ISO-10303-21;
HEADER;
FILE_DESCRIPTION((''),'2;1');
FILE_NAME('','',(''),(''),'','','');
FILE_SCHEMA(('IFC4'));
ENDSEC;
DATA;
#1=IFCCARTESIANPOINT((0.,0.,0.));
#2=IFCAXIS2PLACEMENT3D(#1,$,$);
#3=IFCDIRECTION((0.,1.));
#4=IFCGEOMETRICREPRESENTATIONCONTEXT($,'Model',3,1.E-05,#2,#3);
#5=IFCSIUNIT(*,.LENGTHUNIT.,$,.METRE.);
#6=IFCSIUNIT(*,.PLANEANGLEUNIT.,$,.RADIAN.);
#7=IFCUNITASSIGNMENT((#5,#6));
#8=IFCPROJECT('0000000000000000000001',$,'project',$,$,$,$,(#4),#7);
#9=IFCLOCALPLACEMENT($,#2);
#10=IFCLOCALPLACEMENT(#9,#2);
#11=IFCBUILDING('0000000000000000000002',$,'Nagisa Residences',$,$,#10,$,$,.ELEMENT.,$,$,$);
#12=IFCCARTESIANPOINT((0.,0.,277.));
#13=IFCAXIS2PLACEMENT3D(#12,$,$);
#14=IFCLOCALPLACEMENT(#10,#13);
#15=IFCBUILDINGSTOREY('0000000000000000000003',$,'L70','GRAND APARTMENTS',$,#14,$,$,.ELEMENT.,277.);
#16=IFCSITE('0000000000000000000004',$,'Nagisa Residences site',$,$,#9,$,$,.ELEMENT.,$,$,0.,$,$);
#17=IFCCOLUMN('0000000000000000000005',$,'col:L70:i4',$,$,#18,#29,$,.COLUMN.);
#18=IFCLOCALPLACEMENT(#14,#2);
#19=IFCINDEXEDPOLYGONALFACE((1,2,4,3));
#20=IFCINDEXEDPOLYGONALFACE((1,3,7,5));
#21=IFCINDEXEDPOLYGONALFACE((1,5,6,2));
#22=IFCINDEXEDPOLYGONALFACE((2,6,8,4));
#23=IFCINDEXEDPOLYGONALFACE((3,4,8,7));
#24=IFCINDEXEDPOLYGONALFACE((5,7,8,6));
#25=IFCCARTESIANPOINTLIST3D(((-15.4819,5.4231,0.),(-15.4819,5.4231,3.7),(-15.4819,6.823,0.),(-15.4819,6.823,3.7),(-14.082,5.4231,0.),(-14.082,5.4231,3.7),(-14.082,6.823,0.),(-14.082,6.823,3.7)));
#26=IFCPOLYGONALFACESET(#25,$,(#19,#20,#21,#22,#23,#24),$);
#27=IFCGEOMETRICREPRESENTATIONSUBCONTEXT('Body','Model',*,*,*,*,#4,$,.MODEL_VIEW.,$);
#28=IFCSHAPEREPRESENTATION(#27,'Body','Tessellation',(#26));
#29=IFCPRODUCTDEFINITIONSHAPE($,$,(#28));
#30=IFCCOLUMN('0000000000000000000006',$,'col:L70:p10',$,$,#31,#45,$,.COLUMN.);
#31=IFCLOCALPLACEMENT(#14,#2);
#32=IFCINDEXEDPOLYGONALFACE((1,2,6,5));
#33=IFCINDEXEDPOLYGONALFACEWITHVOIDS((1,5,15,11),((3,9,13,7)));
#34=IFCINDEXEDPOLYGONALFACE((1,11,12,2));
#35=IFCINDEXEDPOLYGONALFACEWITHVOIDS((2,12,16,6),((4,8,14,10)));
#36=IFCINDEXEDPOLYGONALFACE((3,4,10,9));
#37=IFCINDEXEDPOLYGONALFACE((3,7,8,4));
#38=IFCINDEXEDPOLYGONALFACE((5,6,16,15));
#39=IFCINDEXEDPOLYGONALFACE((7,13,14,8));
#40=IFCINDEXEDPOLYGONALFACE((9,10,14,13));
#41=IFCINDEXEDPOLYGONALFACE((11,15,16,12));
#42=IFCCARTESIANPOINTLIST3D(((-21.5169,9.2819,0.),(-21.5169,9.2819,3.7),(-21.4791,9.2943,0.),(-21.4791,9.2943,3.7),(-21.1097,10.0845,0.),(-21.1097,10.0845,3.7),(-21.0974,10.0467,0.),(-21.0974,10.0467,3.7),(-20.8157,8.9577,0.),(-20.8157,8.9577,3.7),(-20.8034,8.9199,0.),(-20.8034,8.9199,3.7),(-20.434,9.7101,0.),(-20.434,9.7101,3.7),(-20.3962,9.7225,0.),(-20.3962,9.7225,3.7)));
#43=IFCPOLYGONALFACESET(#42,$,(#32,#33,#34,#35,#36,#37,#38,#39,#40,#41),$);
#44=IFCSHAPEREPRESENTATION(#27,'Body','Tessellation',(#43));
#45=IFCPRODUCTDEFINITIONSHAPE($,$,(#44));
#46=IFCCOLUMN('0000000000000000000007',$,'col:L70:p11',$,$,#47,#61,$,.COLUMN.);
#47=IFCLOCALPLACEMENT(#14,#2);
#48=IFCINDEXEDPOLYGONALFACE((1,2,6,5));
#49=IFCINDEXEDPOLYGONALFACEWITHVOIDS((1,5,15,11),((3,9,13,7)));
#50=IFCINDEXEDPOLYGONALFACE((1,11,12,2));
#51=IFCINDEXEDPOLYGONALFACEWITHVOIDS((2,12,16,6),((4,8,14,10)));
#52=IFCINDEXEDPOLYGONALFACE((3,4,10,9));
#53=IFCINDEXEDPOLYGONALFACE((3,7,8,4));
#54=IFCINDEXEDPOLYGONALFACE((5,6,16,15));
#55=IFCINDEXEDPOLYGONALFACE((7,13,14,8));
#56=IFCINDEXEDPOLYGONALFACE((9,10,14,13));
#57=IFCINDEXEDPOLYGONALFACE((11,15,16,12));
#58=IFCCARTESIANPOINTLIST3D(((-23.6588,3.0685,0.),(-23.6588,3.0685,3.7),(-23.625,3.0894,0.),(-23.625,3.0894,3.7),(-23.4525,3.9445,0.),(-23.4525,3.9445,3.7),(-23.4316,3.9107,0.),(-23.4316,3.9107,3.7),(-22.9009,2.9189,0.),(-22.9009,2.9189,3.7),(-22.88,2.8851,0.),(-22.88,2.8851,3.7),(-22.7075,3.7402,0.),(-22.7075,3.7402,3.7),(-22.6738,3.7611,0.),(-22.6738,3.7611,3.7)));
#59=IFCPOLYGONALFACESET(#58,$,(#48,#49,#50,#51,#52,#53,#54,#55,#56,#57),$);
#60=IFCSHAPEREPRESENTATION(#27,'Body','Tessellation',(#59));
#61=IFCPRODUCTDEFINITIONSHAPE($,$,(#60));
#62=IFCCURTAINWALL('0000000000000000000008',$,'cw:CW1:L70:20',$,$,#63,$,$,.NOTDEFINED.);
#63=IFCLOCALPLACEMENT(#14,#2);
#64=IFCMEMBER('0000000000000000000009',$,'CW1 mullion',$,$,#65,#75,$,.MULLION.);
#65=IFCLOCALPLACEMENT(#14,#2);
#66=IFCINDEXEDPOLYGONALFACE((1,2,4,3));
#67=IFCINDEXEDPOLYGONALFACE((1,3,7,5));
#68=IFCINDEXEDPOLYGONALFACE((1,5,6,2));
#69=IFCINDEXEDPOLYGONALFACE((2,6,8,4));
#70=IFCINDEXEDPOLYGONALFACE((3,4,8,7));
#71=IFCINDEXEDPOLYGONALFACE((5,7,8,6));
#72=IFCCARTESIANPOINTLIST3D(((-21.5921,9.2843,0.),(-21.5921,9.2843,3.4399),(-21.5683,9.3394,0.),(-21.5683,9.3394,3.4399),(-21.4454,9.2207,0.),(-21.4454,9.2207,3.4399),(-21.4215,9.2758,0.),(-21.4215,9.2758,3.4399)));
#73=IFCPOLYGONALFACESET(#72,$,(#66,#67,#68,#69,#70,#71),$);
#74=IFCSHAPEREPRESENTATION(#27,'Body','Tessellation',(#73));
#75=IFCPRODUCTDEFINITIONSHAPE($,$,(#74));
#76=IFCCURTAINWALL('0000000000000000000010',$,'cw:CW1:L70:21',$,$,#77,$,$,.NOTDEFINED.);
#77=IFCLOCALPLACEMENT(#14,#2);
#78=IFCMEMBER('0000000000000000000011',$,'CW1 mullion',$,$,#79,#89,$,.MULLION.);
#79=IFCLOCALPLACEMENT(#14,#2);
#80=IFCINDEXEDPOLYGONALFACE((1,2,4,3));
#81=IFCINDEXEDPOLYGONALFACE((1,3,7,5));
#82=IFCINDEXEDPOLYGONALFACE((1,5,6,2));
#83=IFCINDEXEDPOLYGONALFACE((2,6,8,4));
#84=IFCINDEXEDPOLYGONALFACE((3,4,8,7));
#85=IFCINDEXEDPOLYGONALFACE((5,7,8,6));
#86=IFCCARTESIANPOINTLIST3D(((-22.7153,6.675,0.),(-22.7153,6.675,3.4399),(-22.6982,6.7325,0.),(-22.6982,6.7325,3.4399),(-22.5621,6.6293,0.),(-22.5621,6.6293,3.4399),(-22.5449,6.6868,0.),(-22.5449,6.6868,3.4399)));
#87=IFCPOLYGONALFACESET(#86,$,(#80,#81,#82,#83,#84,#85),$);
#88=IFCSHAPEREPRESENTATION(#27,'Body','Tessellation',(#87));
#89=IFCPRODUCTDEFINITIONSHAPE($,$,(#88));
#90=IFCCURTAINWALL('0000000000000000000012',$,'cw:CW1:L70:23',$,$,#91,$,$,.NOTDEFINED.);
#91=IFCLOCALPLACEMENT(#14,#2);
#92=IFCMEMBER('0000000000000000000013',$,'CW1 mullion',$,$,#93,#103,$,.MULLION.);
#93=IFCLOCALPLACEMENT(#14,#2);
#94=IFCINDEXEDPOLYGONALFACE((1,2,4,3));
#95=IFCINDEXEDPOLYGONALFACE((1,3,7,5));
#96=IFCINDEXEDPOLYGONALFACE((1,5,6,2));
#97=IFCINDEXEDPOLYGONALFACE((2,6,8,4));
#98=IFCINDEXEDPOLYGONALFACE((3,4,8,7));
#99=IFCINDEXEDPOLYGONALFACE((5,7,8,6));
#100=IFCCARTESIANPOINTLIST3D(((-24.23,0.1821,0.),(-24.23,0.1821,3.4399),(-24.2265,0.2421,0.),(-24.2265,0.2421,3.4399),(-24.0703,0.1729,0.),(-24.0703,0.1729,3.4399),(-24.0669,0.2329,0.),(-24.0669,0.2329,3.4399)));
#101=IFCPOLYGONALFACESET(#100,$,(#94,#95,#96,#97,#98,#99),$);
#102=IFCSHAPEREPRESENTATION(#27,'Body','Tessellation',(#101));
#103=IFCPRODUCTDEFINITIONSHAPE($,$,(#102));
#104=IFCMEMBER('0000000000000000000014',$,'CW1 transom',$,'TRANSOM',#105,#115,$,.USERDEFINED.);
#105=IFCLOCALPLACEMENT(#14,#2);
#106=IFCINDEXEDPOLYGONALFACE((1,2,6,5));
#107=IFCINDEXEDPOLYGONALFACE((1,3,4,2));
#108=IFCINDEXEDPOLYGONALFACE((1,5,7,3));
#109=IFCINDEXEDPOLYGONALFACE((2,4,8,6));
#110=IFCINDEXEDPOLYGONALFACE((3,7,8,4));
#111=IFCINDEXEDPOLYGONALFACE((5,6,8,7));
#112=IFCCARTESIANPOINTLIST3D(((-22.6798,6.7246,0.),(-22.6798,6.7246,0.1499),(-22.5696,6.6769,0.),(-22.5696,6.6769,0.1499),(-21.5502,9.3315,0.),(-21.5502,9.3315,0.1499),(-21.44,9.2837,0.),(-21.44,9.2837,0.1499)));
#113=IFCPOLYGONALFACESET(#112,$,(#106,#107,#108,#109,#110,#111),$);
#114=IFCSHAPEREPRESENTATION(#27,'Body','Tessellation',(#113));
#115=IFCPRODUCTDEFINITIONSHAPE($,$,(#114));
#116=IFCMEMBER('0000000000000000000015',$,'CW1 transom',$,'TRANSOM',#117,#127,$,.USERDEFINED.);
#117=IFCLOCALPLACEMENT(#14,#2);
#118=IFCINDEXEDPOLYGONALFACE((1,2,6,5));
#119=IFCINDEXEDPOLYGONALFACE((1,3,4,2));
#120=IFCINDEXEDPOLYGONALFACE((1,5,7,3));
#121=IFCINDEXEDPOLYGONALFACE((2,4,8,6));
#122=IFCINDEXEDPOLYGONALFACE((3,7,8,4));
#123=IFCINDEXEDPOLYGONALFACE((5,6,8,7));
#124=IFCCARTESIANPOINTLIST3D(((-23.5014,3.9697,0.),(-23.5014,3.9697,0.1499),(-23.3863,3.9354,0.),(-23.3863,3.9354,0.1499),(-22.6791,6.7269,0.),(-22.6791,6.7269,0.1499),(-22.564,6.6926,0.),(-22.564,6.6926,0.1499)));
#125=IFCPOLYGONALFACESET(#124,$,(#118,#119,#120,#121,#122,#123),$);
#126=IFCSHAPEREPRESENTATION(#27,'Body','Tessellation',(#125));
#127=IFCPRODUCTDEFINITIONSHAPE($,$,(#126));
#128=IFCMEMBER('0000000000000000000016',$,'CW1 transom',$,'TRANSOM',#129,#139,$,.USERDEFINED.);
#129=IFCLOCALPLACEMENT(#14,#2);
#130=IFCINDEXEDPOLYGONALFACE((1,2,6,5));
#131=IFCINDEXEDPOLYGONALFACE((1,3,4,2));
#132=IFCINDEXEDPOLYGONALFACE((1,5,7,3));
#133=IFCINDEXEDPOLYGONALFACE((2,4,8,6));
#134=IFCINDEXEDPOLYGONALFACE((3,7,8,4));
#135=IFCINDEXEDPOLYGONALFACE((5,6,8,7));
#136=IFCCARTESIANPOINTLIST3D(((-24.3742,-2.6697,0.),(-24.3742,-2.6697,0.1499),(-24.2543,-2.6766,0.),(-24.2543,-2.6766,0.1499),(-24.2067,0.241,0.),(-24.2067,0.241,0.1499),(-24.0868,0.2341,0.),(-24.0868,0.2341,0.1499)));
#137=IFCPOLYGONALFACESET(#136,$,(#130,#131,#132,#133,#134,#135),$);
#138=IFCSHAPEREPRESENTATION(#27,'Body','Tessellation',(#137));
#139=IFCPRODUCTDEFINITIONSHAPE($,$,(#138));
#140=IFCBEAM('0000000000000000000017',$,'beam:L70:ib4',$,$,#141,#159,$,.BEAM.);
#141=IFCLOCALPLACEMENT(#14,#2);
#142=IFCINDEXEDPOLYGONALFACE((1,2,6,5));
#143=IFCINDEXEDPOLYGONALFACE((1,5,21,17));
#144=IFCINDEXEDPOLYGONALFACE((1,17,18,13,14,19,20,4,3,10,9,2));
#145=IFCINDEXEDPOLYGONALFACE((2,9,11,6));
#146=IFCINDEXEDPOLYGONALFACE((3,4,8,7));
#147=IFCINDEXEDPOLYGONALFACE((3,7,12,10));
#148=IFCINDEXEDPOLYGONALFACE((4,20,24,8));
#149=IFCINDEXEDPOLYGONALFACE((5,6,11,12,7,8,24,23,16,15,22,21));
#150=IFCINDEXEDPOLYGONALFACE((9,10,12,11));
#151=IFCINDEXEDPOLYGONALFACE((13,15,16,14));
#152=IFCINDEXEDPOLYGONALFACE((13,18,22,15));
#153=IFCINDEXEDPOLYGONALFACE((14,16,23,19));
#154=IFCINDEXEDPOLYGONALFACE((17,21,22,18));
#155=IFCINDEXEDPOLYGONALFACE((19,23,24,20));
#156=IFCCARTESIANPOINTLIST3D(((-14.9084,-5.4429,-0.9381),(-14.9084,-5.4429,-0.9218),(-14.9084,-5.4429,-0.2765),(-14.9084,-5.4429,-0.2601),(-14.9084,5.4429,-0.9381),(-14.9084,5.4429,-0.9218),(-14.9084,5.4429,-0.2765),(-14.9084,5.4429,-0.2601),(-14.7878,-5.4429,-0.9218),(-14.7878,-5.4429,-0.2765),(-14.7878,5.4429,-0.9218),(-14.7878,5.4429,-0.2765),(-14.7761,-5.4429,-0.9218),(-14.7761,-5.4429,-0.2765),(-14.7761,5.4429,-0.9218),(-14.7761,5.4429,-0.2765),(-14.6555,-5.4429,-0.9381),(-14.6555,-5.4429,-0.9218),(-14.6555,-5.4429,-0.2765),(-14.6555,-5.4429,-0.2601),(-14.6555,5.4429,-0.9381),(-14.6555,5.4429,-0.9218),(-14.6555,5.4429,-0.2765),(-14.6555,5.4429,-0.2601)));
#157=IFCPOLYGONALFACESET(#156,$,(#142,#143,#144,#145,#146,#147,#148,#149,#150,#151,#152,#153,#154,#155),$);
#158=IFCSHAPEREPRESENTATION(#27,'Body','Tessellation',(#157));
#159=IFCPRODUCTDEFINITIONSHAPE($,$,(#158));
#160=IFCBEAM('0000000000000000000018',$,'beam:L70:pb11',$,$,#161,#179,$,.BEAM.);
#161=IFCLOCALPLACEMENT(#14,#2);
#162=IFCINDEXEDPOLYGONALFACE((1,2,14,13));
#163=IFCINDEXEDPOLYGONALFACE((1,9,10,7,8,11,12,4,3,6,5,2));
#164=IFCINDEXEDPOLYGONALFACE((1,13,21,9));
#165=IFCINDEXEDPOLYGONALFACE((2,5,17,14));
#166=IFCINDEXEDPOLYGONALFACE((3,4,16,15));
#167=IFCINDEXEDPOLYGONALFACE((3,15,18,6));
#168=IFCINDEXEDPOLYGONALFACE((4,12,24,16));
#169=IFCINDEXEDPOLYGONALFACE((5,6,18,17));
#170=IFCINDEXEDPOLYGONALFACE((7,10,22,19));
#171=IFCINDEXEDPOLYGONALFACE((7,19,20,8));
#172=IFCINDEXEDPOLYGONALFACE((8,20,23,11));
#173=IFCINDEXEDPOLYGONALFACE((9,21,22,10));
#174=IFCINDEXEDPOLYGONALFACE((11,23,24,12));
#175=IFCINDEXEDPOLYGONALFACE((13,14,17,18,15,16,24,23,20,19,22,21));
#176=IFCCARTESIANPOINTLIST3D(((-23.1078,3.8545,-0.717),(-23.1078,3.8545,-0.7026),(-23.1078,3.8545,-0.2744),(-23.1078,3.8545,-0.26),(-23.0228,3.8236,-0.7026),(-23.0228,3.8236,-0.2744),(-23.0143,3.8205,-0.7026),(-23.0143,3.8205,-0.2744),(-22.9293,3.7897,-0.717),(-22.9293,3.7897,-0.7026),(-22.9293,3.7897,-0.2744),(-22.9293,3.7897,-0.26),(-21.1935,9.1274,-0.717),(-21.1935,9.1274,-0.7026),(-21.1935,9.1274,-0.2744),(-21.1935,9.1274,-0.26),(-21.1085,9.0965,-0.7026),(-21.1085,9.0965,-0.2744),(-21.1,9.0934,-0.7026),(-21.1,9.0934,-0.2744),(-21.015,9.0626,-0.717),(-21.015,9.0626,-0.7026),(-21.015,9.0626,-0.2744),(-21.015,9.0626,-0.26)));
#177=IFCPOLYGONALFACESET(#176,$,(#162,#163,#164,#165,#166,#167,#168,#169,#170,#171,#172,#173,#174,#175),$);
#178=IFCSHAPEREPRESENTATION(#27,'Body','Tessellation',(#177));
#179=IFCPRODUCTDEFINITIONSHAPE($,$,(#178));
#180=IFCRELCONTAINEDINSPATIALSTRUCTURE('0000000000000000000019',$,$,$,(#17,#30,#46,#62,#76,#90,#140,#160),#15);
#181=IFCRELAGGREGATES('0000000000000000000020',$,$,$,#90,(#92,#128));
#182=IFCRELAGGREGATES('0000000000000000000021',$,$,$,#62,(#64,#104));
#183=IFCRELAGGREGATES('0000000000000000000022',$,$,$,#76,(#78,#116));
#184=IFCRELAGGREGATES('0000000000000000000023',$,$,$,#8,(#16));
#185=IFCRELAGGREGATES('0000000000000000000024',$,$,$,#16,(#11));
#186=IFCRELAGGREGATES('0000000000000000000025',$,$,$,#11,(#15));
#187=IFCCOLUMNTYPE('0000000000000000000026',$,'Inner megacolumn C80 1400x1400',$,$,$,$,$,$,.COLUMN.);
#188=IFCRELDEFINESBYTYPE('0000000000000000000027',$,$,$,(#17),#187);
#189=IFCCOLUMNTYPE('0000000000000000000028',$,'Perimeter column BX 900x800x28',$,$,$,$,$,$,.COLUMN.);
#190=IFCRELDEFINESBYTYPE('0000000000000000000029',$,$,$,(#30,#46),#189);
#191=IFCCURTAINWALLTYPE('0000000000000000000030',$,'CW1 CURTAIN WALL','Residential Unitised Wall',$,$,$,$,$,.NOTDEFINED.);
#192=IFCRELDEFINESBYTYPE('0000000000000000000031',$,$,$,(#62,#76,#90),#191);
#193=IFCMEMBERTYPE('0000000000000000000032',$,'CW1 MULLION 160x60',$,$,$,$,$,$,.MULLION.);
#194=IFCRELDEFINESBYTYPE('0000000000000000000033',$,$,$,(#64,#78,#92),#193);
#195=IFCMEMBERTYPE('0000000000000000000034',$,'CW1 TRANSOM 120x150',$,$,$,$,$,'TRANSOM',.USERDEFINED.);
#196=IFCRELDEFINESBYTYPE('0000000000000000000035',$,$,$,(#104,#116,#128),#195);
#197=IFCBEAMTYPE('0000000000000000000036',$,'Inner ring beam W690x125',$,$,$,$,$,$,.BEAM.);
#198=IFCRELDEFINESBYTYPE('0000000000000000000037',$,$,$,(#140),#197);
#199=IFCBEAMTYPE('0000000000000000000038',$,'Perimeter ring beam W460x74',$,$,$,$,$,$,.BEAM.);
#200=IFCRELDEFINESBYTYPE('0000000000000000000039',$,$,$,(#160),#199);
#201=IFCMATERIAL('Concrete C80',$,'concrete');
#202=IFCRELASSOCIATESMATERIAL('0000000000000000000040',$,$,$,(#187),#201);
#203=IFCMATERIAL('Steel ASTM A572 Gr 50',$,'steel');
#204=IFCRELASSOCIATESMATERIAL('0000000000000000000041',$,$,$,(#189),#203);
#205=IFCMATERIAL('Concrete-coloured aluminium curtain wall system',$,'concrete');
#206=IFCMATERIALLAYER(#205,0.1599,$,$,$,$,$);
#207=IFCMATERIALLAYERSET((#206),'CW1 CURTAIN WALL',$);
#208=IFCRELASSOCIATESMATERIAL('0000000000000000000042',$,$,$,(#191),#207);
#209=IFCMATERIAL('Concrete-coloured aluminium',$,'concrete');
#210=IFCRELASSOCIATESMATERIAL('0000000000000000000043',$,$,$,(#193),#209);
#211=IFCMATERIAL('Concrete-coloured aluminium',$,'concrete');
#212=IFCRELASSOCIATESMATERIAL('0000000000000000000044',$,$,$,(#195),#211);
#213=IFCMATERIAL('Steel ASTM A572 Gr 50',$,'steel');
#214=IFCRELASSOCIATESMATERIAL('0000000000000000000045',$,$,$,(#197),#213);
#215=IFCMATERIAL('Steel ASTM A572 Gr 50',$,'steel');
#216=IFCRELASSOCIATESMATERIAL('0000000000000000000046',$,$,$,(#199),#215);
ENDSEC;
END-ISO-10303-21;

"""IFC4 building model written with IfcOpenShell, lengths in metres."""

from ifc_helpers import new_model, si_unit, direction, frame, origin, origin_2d, place, context, subcontext, project, spatial, rectangle, hollow_rectangle, i_section, extrude, material, layer, layer_set, material_profile, profile_set, type_object, element, aggregate, save


model = new_model("IFC4")

# Units and contexts
model_context = context("Model", 3, precision=1e-05, world=origin(), true_north=direction((0.0, 1.0)))
body_context = subcontext(model_context, "Body", "Model", "MODEL_VIEW")
ifc_project = project(units=[si_unit("LENGTHUNIT", "METRE"), si_unit("PLANEANGLEUNIT", "RADIAN")], contexts=[model_context])

# Site, building, storey
site_placement = place(None, origin())
site = spatial("IfcSite", under=ifc_project, at=site_placement, Name="Nagisa Residences site", CompositionType="ELEMENT", RefElevation=0.0)
building_placement = place(site_placement, origin())
building = spatial("IfcBuilding", under=site, at=building_placement, Name="Nagisa Residences", CompositionType="ELEMENT")
storey_placement = place(building_placement, frame((0.0, 0.0, 277.0)))
storey = spatial("IfcBuildingStorey", under=building, at=storey_placement, Name="L70", Description="GRAND APARTMENTS", CompositionType="ELEMENT", Elevation=277.0)

# Columns
ifc_material_1 = material(Name="Concrete C80", Category="concrete")
ifc_material_profile_1 = material_profile(ifc_material_1, rectangle(XDim=1.3999, YDim=1.3999, at=origin_2d()), Name="C80 1400x1400")
ifc_profile_set_1 = profile_set([ifc_material_profile_1], Name="Concrete C80")
column_type_1 = type_object("IfcColumnType", Name="Inner megacolumn C80 1400x1400", PredefinedType="COLUMN", material=ifc_profile_set_1)
column_placement = place(storey_placement, frame((-14.782, 6.123, 0.0), z_axis=(0.0, 0.0, 1.0), x_axis=(1.0, 0.0, 0.0)))
element("IfcColumn", 1, at=column_placement, inside=storey, type_object=column_type_1, Name="col:L70:i4", PredefinedType="COLUMN", context=body_context, shape_type="SweptSolid", body=[
    extrude(rectangle(XDim=1.3999, YDim=1.3999, at=origin_2d()), origin(), (0.0, 0.0, 1.0), 3.7),
])
ifc_material_2 = material(Name="Steel ASTM A572 Gr 50", Category="steel")
ifc_material_profile_2 = material_profile(ifc_material_2, hollow_rectangle(XDim=0.8999, YDim=0.8, WallThickness=0.0281, at=origin_2d()), Name="BX 900x800x28")
ifc_profile_set_2 = profile_set([ifc_material_profile_2], Name="Steel ASTM A572 Gr 50")
column_type_2 = type_object("IfcColumnType", Name="Perimeter column BX 900x800x28", PredefinedType="COLUMN", material=ifc_profile_set_2)
for number, where, z_axis, x_axis, name in (
    (2, (-20.9565, 9.5022, 0.0), (0.0, 0.0, 1.0), (-0.452463, -0.891783, 0.0), "col:L70:p10"),
    (3, (-23.1663, 3.4148, 0.0), (0.0, 0.0, 1.0), (-0.229202, -0.973379, 0.0), "col:L70:p11"),
):
    element("IfcColumn", number, at=place(storey_placement, frame(where, z_axis=z_axis, x_axis=x_axis)), inside=storey, type_object=column_type_2, Name=name, PredefinedType="COLUMN", context=body_context, shape_type="SweptSolid", body=[
        extrude(hollow_rectangle(XDim=0.8999, YDim=0.8, WallThickness=0.0281, at=origin_2d()), origin(), (0.0, 0.0, 1.0), 3.7),
    ])

# Curtain walls, members
ifc_material_3 = material(Name="Concrete-coloured aluminium curtain wall system", Category="concrete")
ifc_layer_1 = layer(ifc_material_3, 0.1599)
ifc_layer_set_1 = layer_set([ifc_layer_1], Name="CW1 CURTAIN WALL")
curtain_wall_type = type_object("IfcCurtainWallType", Name="CW1 CURTAIN WALL", Description="Residential Unitised Wall", PredefinedType="NOTDEFINED", material=ifc_layer_set_1)
curtain_wall_1_placement = place(storey_placement, origin())
curtain_wall_1 = element("IfcCurtainWall", 4, at=curtain_wall_1_placement, inside=storey, type_object=curtain_wall_type, Name="cw:CW1:L70:20", PredefinedType="NOTDEFINED")
ifc_material_4 = material(Name="Concrete-coloured aluminium", Category="concrete")
ifc_material_profile_3 = material_profile(ifc_material_4, rectangle(XDim=0.1599, YDim=0.0601, at=origin_2d()), Name="CW1 MULLION 160x60")
ifc_profile_set_3 = profile_set([ifc_material_profile_3], Name="Concrete-coloured aluminium")
member_type_1 = type_object("IfcMemberType", Name="CW1 MULLION 160x60", PredefinedType="MULLION", material=ifc_profile_set_3)
member_1_placement = place(storey_placement, frame((-21.5068, 9.28, 0.0), z_axis=(0.0, 0.0, 1.0), x_axis=(0.917543, -0.397636, 0.0)))
member_1 = element("IfcMember", 5, at=member_1_placement, type_object=member_type_1, Name="CW1 mullion", PredefinedType="MULLION", context=body_context, shape_type="SweptSolid", body=[
    extrude(rectangle(XDim=0.1599, YDim=0.0601, at=origin_2d()), origin(), (0.0, 0.0, 1.0), 3.4399),
])
curtain_wall_2_placement = place(storey_placement, origin())
curtain_wall_2 = element("IfcCurtainWall", 6, at=curtain_wall_2_placement, inside=storey, type_object=curtain_wall_type, Name="cw:CW1:L70:21", PredefinedType="NOTDEFINED")
member_2_placement = place(storey_placement, frame((-22.6301, 6.6809, 0.0), z_axis=(0.0, 0.0, 1.0), x_axis=(0.958271, -0.28586, 0.0)))
member_2 = element("IfcMember", 7, at=member_2_placement, type_object=member_type_1, Name="CW1 mullion", PredefinedType="MULLION", context=body_context, shape_type="SweptSolid", body=[
    extrude(rectangle(XDim=0.1599, YDim=0.0601, at=origin_2d()), origin(), (0.0, 0.0, 1.0), 3.4399),
])
curtain_wall_3_placement = place(storey_placement, origin())
curtain_wall_3 = element("IfcCurtainWall", 8, at=curtain_wall_3_placement, inside=storey, type_object=curtain_wall_type, Name="cw:CW1:L70:23", PredefinedType="NOTDEFINED")
member_3_placement = place(storey_placement, frame((-24.1484, 0.2075, 0.0), z_axis=(0.0, 0.0, 1.0), x_axis=(0.998345, -0.057503, 0.0)))
member_3 = element("IfcMember", 9, at=member_3_placement, type_object=member_type_1, Name="CW1 mullion", PredefinedType="MULLION", context=body_context, shape_type="SweptSolid", body=[
    extrude(rectangle(XDim=0.1599, YDim=0.0601, at=origin_2d()), origin(), (0.0, 0.0, 1.0), 3.4399),
])

# Members
ifc_material_5 = material(Name="Concrete-coloured aluminium", Category="concrete")
ifc_material_profile_4 = material_profile(ifc_material_5, rectangle(XDim=0.1201, YDim=0.1499, at=origin_2d()), Name="CW1 TRANSOM 120x150")
ifc_profile_set_4 = profile_set([ifc_material_profile_4], Name="Concrete-coloured aluminium")
member_type_2 = type_object("IfcMemberType", Name="CW1 TRANSOM 120x150", ElementType="TRANSOM", PredefinedType="USERDEFINED", material=ifc_profile_set_4)
member_4_placement = place(storey_placement, frame((-21.4951, 9.3076, 0.075), z_axis=(-0.397598, -0.91756, 0.0), x_axis=(0.91756, -0.397598, 0.0)))
member_4 = element("IfcMember", 10, at=member_4_placement, type_object=member_type_2, Name="CW1 transom", ObjectType="TRANSOM", PredefinedType="USERDEFINED", context=body_context, shape_type="SweptSolid", body=[
    extrude(rectangle(XDim=0.1201, YDim=0.1499, at=origin_2d()), origin(), (0.0, 0.0, 1.0), 2.8411),
])
member_5_placement = place(storey_placement, frame((-22.6216, 6.7097, 0.075), z_axis=(-0.285798, -0.95829, 0.0), x_axis=(0.95829, -0.285798, 0.0)))
member_5 = element("IfcMember", 11, at=member_5_placement, type_object=member_type_2, Name="CW1 transom", ObjectType="TRANSOM", PredefinedType="USERDEFINED", context=body_context, shape_type="SweptSolid", body=[
    extrude(rectangle(XDim=0.1201, YDim=0.1499, at=origin_2d()), origin(), (0.0, 0.0, 1.0), 2.8772),
])
member_6_placement = place(storey_placement, frame((-24.1467, 0.2375, 0.075), z_axis=(-0.057446, -0.998349, 0.0), x_axis=(0.998349, -0.057446, 0.0)))
member_6 = element("IfcMember", 12, at=member_6_placement, type_object=member_type_2, Name="CW1 transom", ObjectType="TRANSOM", PredefinedType="USERDEFINED", context=body_context, shape_type="SweptSolid", body=[
    extrude(rectangle(XDim=0.1201, YDim=0.1499, at=origin_2d()), origin(), (0.0, 0.0, 1.0), 2.9155),
])
aggregate(curtain_wall_3, [member_3, member_6])

# Beams
ifc_material_6 = material(Name="Steel ASTM A572 Gr 50", Category="steel")
ifc_material_profile_5 = material_profile(ifc_material_6, i_section(OverallWidth=0.2529, OverallDepth=0.678, WebThickness=0.0117, FlangeThickness=0.0164, at=origin_2d()), Name="W690x125")
ifc_profile_set_5 = profile_set([ifc_material_profile_5], Name="Steel ASTM A572 Gr 50")
beam_type_1 = type_object("IfcBeamType", Name="Inner ring beam W690x125", PredefinedType="BEAM", material=ifc_profile_set_5)
beam_1_placement = place(storey_placement, frame((-14.782, 5.4429, -0.5991), z_axis=(0.0, -1.0, 0.0), x_axis=(1.0, 0.0, 0.0)))
element("IfcBeam", 13, at=beam_1_placement, inside=storey, type_object=beam_type_1, Name="beam:L70:ib4", PredefinedType="BEAM", context=body_context, shape_type="SweptSolid", body=[
    extrude(i_section(OverallWidth=0.2529, OverallDepth=0.678, WebThickness=0.0117, FlangeThickness=0.0164, at=origin_2d()), origin(), (0.0, 0.0, 1.0), 10.8857),
])
ifc_material_7 = material(Name="Steel ASTM A572 Gr 50", Category="steel")
ifc_material_profile_6 = material_profile(ifc_material_7, i_section(OverallWidth=0.1899, OverallDepth=0.457, WebThickness=0.009, FlangeThickness=0.0144, at=origin_2d()), Name="W460x74")
ifc_profile_set_6 = profile_set([ifc_material_profile_6], Name="Steel ASTM A572 Gr 50")
beam_type_2 = type_object("IfcBeamType", Name="Perimeter ring beam W460x74", PredefinedType="BEAM", material=ifc_profile_set_6)
beam_2_placement = place(storey_placement, frame((-21.1042, 9.095, -0.4885), z_axis=(-0.34125, -0.939972, 0.0), x_axis=(0.939972, -0.34125, 0.0)))
element("IfcBeam", 14, at=beam_2_placement, inside=storey, type_object=beam_type_2, Name="beam:L70:pb11", PredefinedType="BEAM", context=body_context, shape_type="SweptSolid", body=[
    extrude(i_section(OverallWidth=0.1899, OverallDepth=0.457, WebThickness=0.009, FlangeThickness=0.0144, at=origin_2d()), origin(), (0.0, 0.0, 1.0), 5.6096),
])

aggregate(curtain_wall_1, [member_1, member_4])
aggregate(curtain_wall_2, [member_2, member_5])

save(model, "model.ifc")
